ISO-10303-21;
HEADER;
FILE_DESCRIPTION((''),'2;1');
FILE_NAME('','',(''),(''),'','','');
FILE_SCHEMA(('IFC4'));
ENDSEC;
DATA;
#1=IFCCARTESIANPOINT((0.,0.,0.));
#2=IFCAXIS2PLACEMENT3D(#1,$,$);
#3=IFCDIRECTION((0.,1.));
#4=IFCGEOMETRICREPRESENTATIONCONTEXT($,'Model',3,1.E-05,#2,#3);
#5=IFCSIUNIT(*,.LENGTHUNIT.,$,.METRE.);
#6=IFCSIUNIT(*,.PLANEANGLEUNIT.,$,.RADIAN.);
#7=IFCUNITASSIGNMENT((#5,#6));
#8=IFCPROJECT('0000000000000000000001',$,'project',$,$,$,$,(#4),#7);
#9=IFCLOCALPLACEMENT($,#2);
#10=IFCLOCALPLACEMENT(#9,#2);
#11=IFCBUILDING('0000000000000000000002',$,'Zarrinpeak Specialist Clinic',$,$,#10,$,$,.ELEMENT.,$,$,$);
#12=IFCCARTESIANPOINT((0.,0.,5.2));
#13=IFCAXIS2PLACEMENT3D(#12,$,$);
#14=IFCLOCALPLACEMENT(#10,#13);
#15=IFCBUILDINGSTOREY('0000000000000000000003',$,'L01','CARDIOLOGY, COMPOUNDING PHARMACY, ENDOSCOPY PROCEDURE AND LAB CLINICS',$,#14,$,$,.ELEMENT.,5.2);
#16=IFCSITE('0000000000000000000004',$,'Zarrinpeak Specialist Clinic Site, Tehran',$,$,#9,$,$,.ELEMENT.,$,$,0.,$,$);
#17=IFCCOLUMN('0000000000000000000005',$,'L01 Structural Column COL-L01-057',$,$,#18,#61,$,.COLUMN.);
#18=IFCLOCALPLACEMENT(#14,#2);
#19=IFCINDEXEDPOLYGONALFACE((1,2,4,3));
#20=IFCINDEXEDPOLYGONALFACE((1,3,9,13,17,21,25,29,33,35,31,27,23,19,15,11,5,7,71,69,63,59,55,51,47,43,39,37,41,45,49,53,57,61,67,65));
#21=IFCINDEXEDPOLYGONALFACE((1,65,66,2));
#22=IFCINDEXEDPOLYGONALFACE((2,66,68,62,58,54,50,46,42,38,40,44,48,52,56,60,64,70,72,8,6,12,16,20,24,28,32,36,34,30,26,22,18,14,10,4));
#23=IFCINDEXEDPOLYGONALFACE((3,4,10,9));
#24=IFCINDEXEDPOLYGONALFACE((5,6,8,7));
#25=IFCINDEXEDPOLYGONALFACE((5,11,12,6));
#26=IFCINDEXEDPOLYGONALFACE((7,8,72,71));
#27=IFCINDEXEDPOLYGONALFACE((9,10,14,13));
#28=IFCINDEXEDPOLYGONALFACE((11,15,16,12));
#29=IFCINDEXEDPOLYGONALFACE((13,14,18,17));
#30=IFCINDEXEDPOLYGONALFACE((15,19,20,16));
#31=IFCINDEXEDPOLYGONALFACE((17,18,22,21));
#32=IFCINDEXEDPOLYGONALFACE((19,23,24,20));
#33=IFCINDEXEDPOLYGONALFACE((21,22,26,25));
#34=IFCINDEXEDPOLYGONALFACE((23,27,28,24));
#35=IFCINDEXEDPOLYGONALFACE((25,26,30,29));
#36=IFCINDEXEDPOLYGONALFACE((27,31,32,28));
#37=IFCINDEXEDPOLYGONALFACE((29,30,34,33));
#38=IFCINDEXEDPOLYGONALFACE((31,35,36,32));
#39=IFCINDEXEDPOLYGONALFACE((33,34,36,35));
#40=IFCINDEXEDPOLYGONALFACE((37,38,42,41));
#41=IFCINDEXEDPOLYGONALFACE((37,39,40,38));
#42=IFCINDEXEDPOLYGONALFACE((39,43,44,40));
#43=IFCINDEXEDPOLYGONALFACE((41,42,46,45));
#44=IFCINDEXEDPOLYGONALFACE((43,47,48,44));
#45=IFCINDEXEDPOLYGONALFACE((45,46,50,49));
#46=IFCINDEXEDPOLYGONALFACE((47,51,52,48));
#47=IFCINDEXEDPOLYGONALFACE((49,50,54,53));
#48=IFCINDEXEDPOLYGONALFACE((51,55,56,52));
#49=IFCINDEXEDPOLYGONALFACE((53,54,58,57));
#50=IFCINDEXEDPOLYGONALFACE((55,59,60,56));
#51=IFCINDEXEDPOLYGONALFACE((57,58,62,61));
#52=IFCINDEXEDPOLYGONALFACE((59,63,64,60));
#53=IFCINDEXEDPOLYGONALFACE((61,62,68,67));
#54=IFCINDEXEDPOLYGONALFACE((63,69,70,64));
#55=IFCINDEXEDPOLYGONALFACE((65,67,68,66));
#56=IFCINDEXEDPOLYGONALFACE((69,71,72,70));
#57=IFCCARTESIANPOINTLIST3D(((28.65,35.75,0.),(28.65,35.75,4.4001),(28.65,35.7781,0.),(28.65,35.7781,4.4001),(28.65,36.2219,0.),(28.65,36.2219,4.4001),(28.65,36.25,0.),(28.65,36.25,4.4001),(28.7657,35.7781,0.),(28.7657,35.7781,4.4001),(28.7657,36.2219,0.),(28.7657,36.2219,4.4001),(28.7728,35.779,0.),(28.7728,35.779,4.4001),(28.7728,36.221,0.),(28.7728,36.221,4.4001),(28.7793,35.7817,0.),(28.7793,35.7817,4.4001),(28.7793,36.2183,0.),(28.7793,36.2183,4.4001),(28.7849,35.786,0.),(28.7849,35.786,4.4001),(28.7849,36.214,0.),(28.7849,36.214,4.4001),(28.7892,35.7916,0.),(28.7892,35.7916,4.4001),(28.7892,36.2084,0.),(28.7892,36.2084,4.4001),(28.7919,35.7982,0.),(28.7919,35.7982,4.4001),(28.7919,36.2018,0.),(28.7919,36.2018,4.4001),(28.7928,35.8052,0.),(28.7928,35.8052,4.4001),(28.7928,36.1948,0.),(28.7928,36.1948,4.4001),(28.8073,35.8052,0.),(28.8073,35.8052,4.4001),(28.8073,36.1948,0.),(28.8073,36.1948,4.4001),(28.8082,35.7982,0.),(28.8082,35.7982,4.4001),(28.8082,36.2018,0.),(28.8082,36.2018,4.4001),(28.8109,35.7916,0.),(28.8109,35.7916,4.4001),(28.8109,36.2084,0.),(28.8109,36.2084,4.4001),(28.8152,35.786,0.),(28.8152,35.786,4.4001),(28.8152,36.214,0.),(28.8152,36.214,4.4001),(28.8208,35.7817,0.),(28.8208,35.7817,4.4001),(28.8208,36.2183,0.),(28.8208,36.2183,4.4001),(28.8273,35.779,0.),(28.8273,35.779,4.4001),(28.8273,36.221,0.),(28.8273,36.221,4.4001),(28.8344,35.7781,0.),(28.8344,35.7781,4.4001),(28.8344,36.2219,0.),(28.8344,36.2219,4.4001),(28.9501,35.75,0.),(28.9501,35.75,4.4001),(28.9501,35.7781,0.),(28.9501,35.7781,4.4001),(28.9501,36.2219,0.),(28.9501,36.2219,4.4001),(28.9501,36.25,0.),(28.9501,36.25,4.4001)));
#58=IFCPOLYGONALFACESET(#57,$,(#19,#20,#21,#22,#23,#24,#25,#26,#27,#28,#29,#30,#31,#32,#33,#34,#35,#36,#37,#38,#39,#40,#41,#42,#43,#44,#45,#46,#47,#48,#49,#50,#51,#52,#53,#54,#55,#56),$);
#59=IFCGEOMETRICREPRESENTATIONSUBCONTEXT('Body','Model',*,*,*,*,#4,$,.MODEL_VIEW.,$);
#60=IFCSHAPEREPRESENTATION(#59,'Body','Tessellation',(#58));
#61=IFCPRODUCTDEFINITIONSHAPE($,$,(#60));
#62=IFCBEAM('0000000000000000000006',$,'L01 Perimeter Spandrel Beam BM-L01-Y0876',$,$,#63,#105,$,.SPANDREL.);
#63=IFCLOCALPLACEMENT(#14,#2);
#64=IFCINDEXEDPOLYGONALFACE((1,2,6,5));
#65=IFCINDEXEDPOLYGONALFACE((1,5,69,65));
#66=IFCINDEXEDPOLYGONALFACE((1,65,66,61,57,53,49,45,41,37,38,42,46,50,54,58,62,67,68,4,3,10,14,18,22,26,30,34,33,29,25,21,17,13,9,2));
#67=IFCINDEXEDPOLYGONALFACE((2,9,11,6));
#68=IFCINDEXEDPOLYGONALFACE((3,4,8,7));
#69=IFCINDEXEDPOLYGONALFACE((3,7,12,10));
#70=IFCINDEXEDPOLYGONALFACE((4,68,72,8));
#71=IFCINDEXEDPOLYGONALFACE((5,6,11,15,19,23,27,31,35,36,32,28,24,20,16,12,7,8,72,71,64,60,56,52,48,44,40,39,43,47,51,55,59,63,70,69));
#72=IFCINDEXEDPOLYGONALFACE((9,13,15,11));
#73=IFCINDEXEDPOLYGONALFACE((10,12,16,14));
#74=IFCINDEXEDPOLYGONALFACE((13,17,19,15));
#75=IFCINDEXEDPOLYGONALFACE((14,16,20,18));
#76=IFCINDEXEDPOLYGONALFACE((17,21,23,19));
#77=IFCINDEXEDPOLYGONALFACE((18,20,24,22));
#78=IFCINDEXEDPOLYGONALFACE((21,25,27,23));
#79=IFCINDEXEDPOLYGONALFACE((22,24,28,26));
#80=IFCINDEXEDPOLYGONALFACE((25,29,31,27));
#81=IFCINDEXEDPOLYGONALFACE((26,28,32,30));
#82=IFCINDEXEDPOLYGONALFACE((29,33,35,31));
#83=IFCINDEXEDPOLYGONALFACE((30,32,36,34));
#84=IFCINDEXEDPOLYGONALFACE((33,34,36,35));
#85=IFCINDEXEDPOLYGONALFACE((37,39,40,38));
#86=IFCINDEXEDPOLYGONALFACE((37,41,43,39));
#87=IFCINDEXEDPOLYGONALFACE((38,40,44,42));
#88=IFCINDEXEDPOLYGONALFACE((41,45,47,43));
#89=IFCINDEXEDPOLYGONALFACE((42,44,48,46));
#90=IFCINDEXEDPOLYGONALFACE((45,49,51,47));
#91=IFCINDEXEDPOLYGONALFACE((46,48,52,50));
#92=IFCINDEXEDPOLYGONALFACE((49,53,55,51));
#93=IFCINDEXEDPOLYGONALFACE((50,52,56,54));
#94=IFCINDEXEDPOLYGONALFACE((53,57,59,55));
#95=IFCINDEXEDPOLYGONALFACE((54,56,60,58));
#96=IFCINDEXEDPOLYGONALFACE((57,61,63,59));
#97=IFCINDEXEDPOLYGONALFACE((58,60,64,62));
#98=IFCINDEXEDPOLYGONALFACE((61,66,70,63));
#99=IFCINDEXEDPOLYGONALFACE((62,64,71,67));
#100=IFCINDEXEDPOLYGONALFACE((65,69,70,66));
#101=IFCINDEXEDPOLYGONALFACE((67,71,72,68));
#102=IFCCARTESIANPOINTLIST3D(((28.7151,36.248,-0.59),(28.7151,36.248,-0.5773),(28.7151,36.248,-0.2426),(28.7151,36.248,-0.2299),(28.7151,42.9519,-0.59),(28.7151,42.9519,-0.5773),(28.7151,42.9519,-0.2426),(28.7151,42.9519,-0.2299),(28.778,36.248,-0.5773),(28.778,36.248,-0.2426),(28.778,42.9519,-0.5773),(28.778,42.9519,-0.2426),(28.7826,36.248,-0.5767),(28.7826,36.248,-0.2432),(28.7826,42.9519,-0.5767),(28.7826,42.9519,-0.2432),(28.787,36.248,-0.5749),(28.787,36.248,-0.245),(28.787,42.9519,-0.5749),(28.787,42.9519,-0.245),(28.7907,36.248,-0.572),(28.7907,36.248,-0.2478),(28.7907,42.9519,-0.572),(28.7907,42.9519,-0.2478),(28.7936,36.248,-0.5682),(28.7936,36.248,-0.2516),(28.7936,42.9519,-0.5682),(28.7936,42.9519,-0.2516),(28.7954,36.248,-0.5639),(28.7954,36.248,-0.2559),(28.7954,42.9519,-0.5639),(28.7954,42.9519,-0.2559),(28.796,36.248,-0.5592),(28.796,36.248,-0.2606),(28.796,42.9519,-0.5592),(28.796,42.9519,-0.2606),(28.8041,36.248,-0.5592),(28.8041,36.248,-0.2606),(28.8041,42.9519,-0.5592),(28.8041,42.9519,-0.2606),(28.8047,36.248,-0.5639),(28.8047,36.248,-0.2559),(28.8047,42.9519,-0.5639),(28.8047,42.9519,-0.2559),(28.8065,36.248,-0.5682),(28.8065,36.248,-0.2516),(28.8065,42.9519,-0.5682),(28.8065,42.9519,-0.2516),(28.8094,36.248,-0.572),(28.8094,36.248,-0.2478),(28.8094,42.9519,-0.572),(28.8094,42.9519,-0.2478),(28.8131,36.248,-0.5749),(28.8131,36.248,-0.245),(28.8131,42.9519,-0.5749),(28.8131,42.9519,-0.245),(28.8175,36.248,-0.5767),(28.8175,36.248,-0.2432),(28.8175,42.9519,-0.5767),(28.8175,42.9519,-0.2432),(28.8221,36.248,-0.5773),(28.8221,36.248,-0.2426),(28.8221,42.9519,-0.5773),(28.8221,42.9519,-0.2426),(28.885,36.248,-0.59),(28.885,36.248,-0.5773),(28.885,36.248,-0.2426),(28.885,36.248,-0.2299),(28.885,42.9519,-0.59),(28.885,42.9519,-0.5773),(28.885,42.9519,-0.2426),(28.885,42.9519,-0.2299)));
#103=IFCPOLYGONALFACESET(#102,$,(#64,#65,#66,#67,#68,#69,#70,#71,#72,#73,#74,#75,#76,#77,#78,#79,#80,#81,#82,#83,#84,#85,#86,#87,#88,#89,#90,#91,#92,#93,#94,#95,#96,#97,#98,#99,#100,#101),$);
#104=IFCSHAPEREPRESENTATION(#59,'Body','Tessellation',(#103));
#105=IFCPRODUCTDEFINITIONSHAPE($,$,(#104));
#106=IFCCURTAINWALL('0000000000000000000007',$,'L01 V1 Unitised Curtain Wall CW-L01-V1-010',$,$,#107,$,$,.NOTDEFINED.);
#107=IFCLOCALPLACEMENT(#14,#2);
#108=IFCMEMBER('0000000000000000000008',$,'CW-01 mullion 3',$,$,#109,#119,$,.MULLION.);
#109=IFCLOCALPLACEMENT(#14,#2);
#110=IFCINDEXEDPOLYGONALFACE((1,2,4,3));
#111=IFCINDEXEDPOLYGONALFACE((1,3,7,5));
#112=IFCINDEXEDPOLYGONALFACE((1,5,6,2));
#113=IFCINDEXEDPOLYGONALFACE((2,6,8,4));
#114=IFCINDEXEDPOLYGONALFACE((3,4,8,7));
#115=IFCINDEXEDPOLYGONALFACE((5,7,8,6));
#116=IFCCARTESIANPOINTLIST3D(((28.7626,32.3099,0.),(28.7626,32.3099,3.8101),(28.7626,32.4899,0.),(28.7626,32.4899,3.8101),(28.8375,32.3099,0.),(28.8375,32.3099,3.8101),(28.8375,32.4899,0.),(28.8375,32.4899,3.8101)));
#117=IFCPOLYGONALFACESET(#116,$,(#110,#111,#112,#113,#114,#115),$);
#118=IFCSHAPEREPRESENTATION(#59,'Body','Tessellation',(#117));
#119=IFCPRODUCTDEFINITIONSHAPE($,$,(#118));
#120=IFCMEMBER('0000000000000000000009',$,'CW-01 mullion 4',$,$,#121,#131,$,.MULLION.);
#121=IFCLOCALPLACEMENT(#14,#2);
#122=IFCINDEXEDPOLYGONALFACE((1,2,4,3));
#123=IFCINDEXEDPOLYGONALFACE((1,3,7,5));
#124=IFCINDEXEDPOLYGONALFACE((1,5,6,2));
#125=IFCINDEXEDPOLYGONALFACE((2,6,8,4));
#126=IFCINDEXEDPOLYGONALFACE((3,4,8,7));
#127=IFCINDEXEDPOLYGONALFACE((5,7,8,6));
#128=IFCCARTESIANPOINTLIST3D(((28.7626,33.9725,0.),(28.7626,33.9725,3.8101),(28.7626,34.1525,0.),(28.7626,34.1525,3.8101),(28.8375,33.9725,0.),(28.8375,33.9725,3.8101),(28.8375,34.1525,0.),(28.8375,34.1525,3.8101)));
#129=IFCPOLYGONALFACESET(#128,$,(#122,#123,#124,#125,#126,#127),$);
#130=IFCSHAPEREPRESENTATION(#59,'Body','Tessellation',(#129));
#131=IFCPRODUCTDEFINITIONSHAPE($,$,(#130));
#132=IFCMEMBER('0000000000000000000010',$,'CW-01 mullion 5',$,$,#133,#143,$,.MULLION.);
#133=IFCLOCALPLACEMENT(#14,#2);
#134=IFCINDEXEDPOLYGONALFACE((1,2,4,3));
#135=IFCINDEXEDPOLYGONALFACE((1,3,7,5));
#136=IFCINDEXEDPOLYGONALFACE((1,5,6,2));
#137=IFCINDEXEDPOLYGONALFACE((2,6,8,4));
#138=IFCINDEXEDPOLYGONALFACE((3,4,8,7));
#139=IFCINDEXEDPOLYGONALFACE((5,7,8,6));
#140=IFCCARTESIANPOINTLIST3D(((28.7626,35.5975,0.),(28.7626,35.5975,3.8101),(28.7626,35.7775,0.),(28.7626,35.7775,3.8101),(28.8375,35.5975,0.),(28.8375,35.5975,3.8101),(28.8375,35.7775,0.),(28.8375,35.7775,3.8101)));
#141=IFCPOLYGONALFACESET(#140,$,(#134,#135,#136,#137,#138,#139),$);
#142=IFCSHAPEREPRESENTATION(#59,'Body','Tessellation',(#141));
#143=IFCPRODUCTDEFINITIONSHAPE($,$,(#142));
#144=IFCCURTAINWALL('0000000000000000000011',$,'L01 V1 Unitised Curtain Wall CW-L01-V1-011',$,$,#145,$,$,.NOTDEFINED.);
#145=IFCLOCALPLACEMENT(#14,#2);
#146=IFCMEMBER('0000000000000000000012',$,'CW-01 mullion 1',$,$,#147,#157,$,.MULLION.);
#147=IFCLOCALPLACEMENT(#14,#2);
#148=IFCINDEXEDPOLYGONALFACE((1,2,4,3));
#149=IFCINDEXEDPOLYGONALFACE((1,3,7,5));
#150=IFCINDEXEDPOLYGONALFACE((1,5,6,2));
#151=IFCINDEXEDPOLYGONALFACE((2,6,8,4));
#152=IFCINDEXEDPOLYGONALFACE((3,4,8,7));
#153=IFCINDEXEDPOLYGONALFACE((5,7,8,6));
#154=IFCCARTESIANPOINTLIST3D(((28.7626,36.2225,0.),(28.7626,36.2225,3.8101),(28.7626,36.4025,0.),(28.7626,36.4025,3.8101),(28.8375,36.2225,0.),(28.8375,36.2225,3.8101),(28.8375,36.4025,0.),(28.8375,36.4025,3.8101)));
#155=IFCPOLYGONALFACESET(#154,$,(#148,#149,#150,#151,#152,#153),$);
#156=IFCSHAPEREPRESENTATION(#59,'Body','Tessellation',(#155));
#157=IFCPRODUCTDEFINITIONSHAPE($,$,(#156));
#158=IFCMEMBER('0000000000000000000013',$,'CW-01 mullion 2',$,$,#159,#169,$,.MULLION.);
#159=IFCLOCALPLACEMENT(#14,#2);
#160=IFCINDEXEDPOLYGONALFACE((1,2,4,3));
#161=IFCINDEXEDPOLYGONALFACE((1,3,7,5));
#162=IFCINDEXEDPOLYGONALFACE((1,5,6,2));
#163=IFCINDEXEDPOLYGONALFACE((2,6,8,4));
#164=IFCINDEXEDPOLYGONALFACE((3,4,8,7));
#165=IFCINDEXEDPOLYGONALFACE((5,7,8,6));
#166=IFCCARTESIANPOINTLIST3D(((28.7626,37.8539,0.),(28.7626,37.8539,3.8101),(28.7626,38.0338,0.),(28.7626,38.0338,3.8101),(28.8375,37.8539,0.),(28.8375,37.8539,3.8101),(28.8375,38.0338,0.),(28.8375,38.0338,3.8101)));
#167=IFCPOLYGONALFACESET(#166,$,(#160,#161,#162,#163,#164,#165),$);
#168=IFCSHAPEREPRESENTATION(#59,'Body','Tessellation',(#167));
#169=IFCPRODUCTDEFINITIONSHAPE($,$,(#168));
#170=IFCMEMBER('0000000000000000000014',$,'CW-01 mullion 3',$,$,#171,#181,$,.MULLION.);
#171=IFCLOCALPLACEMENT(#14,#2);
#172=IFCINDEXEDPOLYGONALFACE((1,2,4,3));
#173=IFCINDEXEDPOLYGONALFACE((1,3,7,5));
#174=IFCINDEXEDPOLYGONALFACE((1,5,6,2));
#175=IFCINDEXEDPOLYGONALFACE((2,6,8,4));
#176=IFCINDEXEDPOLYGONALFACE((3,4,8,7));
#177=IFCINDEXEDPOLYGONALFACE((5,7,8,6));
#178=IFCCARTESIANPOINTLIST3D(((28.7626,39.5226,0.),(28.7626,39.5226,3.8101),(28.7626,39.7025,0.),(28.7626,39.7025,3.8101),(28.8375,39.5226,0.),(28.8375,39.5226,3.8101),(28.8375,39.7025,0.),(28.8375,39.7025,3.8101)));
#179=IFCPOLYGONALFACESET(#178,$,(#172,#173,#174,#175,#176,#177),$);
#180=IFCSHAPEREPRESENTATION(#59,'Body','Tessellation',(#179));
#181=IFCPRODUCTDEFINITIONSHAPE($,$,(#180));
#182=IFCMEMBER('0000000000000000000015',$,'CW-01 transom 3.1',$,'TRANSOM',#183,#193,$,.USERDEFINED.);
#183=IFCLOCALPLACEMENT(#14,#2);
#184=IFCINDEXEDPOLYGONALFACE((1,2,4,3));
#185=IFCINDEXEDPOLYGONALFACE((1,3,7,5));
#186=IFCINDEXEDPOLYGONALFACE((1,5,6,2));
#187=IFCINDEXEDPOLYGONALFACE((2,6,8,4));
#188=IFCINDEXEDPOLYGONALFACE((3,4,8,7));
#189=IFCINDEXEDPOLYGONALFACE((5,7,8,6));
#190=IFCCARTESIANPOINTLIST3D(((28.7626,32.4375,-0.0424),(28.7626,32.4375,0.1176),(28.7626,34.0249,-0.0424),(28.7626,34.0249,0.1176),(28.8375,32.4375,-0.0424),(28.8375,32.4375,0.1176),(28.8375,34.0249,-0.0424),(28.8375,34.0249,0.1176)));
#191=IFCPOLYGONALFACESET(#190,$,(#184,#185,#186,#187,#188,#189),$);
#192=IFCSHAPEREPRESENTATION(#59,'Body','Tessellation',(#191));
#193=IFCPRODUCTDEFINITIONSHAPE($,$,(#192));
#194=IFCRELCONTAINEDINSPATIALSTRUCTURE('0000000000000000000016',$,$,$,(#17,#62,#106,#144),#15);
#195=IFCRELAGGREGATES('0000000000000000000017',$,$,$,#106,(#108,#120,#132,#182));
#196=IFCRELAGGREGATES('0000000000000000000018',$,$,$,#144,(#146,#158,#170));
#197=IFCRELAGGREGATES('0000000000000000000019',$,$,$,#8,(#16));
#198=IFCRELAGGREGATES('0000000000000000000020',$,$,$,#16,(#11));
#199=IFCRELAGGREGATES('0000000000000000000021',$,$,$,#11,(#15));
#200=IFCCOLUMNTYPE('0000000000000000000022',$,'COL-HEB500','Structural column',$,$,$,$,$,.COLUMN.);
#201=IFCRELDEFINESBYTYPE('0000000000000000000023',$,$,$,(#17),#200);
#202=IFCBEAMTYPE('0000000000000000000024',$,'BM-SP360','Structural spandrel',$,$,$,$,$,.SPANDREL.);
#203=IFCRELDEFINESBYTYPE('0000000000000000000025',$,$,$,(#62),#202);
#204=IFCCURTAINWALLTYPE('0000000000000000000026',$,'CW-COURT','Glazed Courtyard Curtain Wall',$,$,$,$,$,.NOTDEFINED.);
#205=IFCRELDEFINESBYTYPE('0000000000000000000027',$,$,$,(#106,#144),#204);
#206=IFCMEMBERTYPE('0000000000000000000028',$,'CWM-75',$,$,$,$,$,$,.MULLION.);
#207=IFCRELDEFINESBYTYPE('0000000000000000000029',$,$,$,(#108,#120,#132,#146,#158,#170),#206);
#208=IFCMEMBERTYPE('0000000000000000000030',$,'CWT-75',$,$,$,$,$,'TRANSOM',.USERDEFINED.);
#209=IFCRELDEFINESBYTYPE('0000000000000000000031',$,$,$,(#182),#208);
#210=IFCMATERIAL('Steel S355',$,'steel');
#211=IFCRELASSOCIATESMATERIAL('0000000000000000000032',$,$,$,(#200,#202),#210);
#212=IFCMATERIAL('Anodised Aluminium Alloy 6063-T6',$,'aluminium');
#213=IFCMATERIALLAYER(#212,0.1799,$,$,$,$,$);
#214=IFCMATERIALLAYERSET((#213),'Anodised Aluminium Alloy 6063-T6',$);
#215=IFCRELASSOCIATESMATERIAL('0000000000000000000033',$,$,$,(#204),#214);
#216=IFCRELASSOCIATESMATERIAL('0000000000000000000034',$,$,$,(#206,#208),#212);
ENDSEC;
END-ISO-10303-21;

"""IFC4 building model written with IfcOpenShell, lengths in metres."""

from ifc_helpers import new_model, si_unit, direction, frame, origin, origin_2d, place, context, subcontext, project, spatial, rectangle, i_section, extrude, material, layer, layer_set, material_profile, profile_set, type_object, element, aggregate, save


model = new_model("IFC4")

# Units and contexts
model_context = context("Model", 3, precision=1e-05, world=origin(), true_north=direction((0.0, 1.0)))
body_context = subcontext(model_context, "Body", "Model", "MODEL_VIEW")
ifc_project = project(units=[si_unit("LENGTHUNIT", "METRE"), si_unit("PLANEANGLEUNIT", "RADIAN")], contexts=[model_context])

# Site, building, storey
site_placement = place(None, origin())
site = spatial("IfcSite", under=ifc_project, at=site_placement, Name="Zarrinpeak Specialist Clinic Site, Tehran", CompositionType="ELEMENT", RefElevation=0.0)
building_placement = place(site_placement, origin())
building = spatial("IfcBuilding", under=site, at=building_placement, Name="Zarrinpeak Specialist Clinic", CompositionType="ELEMENT")
storey_placement = place(building_placement, frame((0.0, 0.0, 5.2)))
storey = spatial("IfcBuildingStorey", under=building, at=storey_placement, Name="L01", Description="CARDIOLOGY, COMPOUNDING PHARMACY, ENDOSCOPY PROCEDURE AND LAB CLINICS", CompositionType="ELEMENT", Elevation=5.2)

# Column
ifc_material_1 = material(Name="Steel S355", Category="steel")
ifc_material_profile_1 = material_profile(ifc_material_1, i_section(OverallWidth=0.3, OverallDepth=0.5, WebThickness=0.0144, FlangeThickness=0.0281, FilletRadius=0.0271, at=origin_2d()), Name="HEB 500")
ifc_profile_set_1 = profile_set([ifc_material_profile_1], Name="Steel S355")
column_type = type_object("IfcColumnType", Name="COL-HEB500", Description="Structural column", PredefinedType="COLUMN", material=ifc_profile_set_1)
column_placement = place(storey_placement, frame((28.8, 36.0, 0.0), z_axis=(0.0, 0.0, 1.0), x_axis=(1.0, 0.0, 0.0)))
element("IfcColumn", 1, at=column_placement, inside=storey, type_object=column_type, Name="L01 Structural Column COL-L01-057", PredefinedType="COLUMN", context=body_context, shape_type="SweptSolid", body=[
    extrude(i_section(OverallWidth=0.3, OverallDepth=0.5, WebThickness=0.0144, FlangeThickness=0.0281, FilletRadius=0.0271, at=origin_2d()), origin(), (0.0, 0.0, 1.0), 4.4001),
])

# Beam
ifc_material_profile_2 = material_profile(ifc_material_1, i_section(OverallWidth=0.1699, OverallDepth=0.3601, WebThickness=0.0081, FlangeThickness=0.0127, FilletRadius=0.0181, at=origin_2d()), Name="IPE 360")
ifc_profile_set_2 = profile_set([ifc_material_profile_2], Name="Steel S355")
beam_type = type_object("IfcBeamType", Name="BM-SP360", Description="Structural spandrel", PredefinedType="SPANDREL", material=ifc_profile_set_2)
beam_placement = place(storey_placement, frame((28.8, 36.248, -0.4099), z_axis=(0.0, 1.0, 0.0), x_axis=(-1.0, 0.0, 0.0)))
element("IfcBeam", 2, at=beam_placement, inside=storey, type_object=beam_type, Name="L01 Perimeter Spandrel Beam BM-L01-Y0876", PredefinedType="SPANDREL", context=body_context, shape_type="SweptSolid", body=[
    extrude(i_section(OverallWidth=0.1699, OverallDepth=0.3601, WebThickness=0.0081, FlangeThickness=0.0127, FilletRadius=0.0181, at=origin_2d()), origin(), (0.0, 0.0, 1.0), 6.7039),
])

# Curtain walls, members
ifc_material_2 = material(Name="Anodised Aluminium Alloy 6063-T6", Category="aluminium")
ifc_layer_1 = layer(ifc_material_2, 0.1799)
ifc_layer_set_1 = layer_set([ifc_layer_1], Name="Anodised Aluminium Alloy 6063-T6")
curtain_wall_type = type_object("IfcCurtainWallType", Name="CW-COURT", Description="Glazed Courtyard Curtain Wall", PredefinedType="NOTDEFINED", material=ifc_layer_set_1)
curtain_wall_1_placement = place(storey_placement, origin())
curtain_wall_1 = element("IfcCurtainWall", 3, at=curtain_wall_1_placement, inside=storey, type_object=curtain_wall_type, Name="L01 V1 Unitised Curtain Wall CW-L01-V1-010", PredefinedType="NOTDEFINED")
ifc_material_profile_3 = material_profile(ifc_material_2, rectangle(XDim=0.075, YDim=0.1799, at=origin_2d()), Name="ALU 75x180")
ifc_profile_set_3 = profile_set([ifc_material_profile_3], Name="Anodised Aluminium Alloy 6063-T6")
member_type_1 = type_object("IfcMemberType", Name="CWM-75", PredefinedType="MULLION", material=ifc_profile_set_3)
member_1_placement = place(storey_placement, frame((28.8, 32.3999, 0.0), z_axis=(0.0, 0.0, 1.0), x_axis=(-1.0, 0.0, 0.0)))
member_1 = element("IfcMember", 4, at=member_1_placement, type_object=member_type_1, Name="CW-01 mullion 3", PredefinedType="MULLION", context=body_context, shape_type="SweptSolid", body=[
    extrude(rectangle(XDim=0.075, YDim=0.1799, at=origin_2d()), origin(), (0.0, 0.0, 1.0), 3.8101),
])
member_2_placement = place(storey_placement, frame((28.8, 34.0625, 0.0), z_axis=(0.0, 0.0, 1.0), x_axis=(-1.0, 0.0, 0.0)))
member_2 = element("IfcMember", 5, at=member_2_placement, type_object=member_type_1, Name="CW-01 mullion 4", PredefinedType="MULLION", context=body_context, shape_type="SweptSolid", body=[
    extrude(rectangle(XDim=0.075, YDim=0.1799, at=origin_2d()), origin(), (0.0, 0.0, 1.0), 3.8101),
])
member_3_placement = place(storey_placement, frame((28.8, 35.6875, 0.0), z_axis=(0.0, 0.0, 1.0), x_axis=(-1.0, 0.0, 0.0)))
member_3 = element("IfcMember", 6, at=member_3_placement, type_object=member_type_1, Name="CW-01 mullion 5", PredefinedType="MULLION", context=body_context, shape_type="SweptSolid", body=[
    extrude(rectangle(XDim=0.075, YDim=0.1799, at=origin_2d()), origin(), (0.0, 0.0, 1.0), 3.8101),
])
curtain_wall_2_placement = place(storey_placement, origin())
curtain_wall_2 = element("IfcCurtainWall", 7, at=curtain_wall_2_placement, inside=storey, type_object=curtain_wall_type, Name="L01 V1 Unitised Curtain Wall CW-L01-V1-011", PredefinedType="NOTDEFINED")
member_4_placement = place(storey_placement, frame((28.8, 36.3125, 0.0), z_axis=(0.0, 0.0, 1.0), x_axis=(-1.0, 0.0, 0.0)))
member_4 = element("IfcMember", 8, at=member_4_placement, type_object=member_type_1, Name="CW-01 mullion 1", PredefinedType="MULLION", context=body_context, shape_type="SweptSolid", body=[
    extrude(rectangle(XDim=0.075, YDim=0.1799, at=origin_2d()), origin(), (0.0, 0.0, 1.0), 3.8101),
])
member_5_placement = place(storey_placement, frame((28.8, 37.9438, 0.0), z_axis=(0.0, 0.0, 1.0), x_axis=(-1.0, 0.0, 0.0)))
member_5 = element("IfcMember", 9, at=member_5_placement, type_object=member_type_1, Name="CW-01 mullion 2", PredefinedType="MULLION", context=body_context, shape_type="SweptSolid", body=[
    extrude(rectangle(XDim=0.075, YDim=0.1799, at=origin_2d()), origin(), (0.0, 0.0, 1.0), 3.8101),
])
member_6_placement = place(storey_placement, frame((28.8, 39.6125, 0.0), z_axis=(0.0, 0.0, 1.0), x_axis=(-1.0, 0.0, 0.0)))
member_6 = element("IfcMember", 10, at=member_6_placement, type_object=member_type_1, Name="CW-01 mullion 3", PredefinedType="MULLION", context=body_context, shape_type="SweptSolid", body=[
    extrude(rectangle(XDim=0.075, YDim=0.1799, at=origin_2d()), origin(), (0.0, 0.0, 1.0), 3.8101),
])

# Member
ifc_material_profile_4 = material_profile(ifc_material_2, rectangle(XDim=0.075, YDim=0.1599, at=origin_2d()), Name="ALU 75x160")
ifc_profile_set_4 = profile_set([ifc_material_profile_4], Name="Anodised Aluminium Alloy 6063-T6")
member_type_2 = type_object("IfcMemberType", Name="CWT-75", ElementType="TRANSOM", PredefinedType="USERDEFINED", material=ifc_profile_set_4)
member_7_placement = place(storey_placement, frame((28.8, 32.4375, 0.0376), z_axis=(0.0, 1.0, 0.0), x_axis=(-1.0, 0.0, 0.0)))
member_7 = element("IfcMember", 11, at=member_7_placement, type_object=member_type_2, Name="CW-01 transom 3.1", ObjectType="TRANSOM", PredefinedType="USERDEFINED", context=body_context, shape_type="SweptSolid", body=[
    extrude(rectangle(XDim=0.075, YDim=0.1599, at=origin_2d()), origin(), (0.0, 0.0, 1.0), 1.5874),
])

aggregate(curtain_wall_1, [member_1, member_2, member_3, member_7])
aggregate(curtain_wall_2, [member_4, member_5, member_6])

save(model, "model.ifc")
